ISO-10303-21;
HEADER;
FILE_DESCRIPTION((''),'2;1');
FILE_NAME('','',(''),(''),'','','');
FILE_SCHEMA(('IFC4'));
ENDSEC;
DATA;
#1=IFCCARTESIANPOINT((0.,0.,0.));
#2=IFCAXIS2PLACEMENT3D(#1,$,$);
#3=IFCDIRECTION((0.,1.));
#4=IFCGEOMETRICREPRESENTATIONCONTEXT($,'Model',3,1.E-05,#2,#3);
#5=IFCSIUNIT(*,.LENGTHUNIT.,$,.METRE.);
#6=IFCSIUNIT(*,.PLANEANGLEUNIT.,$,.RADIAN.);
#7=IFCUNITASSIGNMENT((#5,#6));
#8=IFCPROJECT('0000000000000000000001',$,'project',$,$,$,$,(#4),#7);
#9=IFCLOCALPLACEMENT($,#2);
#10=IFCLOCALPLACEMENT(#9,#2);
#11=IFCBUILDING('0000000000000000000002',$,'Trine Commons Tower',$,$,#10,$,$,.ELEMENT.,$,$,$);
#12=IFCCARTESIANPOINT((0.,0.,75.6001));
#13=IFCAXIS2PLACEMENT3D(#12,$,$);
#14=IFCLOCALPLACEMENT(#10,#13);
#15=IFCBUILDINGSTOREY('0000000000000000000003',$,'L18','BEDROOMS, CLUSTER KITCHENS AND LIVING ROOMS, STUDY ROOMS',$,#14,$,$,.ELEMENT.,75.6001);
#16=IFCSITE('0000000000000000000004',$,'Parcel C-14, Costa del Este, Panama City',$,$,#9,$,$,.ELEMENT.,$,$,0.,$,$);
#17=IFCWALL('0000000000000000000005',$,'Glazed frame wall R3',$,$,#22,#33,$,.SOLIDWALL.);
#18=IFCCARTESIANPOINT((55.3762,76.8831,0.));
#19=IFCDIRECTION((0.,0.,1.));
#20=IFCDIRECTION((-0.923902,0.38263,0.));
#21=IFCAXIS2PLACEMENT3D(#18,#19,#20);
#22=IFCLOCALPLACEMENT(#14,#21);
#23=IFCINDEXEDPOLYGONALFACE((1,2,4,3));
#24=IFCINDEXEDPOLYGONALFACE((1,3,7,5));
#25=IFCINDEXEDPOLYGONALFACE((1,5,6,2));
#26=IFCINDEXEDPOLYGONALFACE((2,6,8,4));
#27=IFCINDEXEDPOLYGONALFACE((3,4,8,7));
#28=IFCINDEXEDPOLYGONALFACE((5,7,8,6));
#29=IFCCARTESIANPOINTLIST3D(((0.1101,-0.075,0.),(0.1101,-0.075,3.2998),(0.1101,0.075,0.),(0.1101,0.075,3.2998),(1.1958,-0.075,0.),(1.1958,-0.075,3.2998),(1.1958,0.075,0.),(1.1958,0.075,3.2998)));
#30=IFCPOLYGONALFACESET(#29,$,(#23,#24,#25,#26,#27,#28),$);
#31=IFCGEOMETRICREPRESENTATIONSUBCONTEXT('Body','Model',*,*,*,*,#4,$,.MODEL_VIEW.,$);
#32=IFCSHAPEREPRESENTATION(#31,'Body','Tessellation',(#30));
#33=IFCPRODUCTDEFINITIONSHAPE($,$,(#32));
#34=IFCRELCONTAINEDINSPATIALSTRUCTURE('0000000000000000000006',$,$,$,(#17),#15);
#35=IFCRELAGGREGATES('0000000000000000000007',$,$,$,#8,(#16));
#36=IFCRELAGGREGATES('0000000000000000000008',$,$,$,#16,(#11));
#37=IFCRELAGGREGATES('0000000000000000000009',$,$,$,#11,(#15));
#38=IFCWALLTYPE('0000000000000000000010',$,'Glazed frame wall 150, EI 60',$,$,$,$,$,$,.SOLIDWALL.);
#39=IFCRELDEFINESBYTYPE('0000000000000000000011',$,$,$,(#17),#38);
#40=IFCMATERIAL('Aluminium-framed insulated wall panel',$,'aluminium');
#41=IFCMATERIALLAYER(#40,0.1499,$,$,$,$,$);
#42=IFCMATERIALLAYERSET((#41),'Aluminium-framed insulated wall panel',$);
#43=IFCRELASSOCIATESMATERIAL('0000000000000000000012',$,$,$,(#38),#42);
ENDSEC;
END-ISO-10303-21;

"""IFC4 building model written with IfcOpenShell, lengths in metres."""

from ifc_helpers import new_model, si_unit, direction, frame, origin, place, context, subcontext, project, spatial, polyline, outline, extrude, material, layer, layer_set, type_object, element, save


model = new_model("IFC4")

# Units and contexts
model_context = context("Model", 3, precision=1e-05, world=origin(), true_north=direction((0.0, 1.0)))
body_context = subcontext(model_context, "Body", "Model", "MODEL_VIEW")
ifc_project = project(units=[si_unit("LENGTHUNIT", "METRE"), si_unit("PLANEANGLEUNIT", "RADIAN")], contexts=[model_context])

# Site, building, storey
site_placement = place(None, origin())
site = spatial("IfcSite", under=ifc_project, at=site_placement, Name="Parcel C-14, Costa del Este, Panama City", CompositionType="ELEMENT", RefElevation=0.0)
building_placement = place(site_placement, origin())
building = spatial("IfcBuilding", under=site, at=building_placement, Name="Trine Commons Tower", CompositionType="ELEMENT")
storey_placement = place(building_placement, frame((0.0, 0.0, 75.6001)))
storey = spatial("IfcBuildingStorey", under=building, at=storey_placement, Name="L18", Description="BEDROOMS, CLUSTER KITCHENS AND LIVING ROOMS, STUDY ROOMS", CompositionType="ELEMENT", Elevation=75.6001)

# Shared definitions
ifc_material_1 = material(Name="Aluminium-framed insulated wall panel", Category="aluminium")
ifc_layer_1 = layer(ifc_material_1, 0.1499)
ifc_layer_set_1 = layer_set([ifc_layer_1], Name="Aluminium-framed insulated wall panel")
wall_type_1 = type_object("IfcWallType", Name="Glazed frame wall 150, EI 60", PredefinedType="SOLIDWALL", material=ifc_layer_set_1)

# Wall
wall_1_placement = place(storey_placement, frame((55.3762, 76.8831, 0.0), z_axis=(0.0, 0.0, 1.0), x_axis=(-0.923902, 0.38263, 0.0)))
element("IfcWall", 1, at=wall_1_placement, inside=storey, type_object=wall_type_1, Name="Glazed frame wall R3", PredefinedType="SOLIDWALL", context=body_context, shape_type="SweptSolid", body=[
    extrude(outline(polyline([(0.1101, 0.075), (0.1101, -0.075), (1.1958, -0.075), (1.1958, 0.075), (0.1101, 0.075)])), origin(), (0.0, 0.0, 1.0), 3.2998),
])

save(model, "model.ifc")
